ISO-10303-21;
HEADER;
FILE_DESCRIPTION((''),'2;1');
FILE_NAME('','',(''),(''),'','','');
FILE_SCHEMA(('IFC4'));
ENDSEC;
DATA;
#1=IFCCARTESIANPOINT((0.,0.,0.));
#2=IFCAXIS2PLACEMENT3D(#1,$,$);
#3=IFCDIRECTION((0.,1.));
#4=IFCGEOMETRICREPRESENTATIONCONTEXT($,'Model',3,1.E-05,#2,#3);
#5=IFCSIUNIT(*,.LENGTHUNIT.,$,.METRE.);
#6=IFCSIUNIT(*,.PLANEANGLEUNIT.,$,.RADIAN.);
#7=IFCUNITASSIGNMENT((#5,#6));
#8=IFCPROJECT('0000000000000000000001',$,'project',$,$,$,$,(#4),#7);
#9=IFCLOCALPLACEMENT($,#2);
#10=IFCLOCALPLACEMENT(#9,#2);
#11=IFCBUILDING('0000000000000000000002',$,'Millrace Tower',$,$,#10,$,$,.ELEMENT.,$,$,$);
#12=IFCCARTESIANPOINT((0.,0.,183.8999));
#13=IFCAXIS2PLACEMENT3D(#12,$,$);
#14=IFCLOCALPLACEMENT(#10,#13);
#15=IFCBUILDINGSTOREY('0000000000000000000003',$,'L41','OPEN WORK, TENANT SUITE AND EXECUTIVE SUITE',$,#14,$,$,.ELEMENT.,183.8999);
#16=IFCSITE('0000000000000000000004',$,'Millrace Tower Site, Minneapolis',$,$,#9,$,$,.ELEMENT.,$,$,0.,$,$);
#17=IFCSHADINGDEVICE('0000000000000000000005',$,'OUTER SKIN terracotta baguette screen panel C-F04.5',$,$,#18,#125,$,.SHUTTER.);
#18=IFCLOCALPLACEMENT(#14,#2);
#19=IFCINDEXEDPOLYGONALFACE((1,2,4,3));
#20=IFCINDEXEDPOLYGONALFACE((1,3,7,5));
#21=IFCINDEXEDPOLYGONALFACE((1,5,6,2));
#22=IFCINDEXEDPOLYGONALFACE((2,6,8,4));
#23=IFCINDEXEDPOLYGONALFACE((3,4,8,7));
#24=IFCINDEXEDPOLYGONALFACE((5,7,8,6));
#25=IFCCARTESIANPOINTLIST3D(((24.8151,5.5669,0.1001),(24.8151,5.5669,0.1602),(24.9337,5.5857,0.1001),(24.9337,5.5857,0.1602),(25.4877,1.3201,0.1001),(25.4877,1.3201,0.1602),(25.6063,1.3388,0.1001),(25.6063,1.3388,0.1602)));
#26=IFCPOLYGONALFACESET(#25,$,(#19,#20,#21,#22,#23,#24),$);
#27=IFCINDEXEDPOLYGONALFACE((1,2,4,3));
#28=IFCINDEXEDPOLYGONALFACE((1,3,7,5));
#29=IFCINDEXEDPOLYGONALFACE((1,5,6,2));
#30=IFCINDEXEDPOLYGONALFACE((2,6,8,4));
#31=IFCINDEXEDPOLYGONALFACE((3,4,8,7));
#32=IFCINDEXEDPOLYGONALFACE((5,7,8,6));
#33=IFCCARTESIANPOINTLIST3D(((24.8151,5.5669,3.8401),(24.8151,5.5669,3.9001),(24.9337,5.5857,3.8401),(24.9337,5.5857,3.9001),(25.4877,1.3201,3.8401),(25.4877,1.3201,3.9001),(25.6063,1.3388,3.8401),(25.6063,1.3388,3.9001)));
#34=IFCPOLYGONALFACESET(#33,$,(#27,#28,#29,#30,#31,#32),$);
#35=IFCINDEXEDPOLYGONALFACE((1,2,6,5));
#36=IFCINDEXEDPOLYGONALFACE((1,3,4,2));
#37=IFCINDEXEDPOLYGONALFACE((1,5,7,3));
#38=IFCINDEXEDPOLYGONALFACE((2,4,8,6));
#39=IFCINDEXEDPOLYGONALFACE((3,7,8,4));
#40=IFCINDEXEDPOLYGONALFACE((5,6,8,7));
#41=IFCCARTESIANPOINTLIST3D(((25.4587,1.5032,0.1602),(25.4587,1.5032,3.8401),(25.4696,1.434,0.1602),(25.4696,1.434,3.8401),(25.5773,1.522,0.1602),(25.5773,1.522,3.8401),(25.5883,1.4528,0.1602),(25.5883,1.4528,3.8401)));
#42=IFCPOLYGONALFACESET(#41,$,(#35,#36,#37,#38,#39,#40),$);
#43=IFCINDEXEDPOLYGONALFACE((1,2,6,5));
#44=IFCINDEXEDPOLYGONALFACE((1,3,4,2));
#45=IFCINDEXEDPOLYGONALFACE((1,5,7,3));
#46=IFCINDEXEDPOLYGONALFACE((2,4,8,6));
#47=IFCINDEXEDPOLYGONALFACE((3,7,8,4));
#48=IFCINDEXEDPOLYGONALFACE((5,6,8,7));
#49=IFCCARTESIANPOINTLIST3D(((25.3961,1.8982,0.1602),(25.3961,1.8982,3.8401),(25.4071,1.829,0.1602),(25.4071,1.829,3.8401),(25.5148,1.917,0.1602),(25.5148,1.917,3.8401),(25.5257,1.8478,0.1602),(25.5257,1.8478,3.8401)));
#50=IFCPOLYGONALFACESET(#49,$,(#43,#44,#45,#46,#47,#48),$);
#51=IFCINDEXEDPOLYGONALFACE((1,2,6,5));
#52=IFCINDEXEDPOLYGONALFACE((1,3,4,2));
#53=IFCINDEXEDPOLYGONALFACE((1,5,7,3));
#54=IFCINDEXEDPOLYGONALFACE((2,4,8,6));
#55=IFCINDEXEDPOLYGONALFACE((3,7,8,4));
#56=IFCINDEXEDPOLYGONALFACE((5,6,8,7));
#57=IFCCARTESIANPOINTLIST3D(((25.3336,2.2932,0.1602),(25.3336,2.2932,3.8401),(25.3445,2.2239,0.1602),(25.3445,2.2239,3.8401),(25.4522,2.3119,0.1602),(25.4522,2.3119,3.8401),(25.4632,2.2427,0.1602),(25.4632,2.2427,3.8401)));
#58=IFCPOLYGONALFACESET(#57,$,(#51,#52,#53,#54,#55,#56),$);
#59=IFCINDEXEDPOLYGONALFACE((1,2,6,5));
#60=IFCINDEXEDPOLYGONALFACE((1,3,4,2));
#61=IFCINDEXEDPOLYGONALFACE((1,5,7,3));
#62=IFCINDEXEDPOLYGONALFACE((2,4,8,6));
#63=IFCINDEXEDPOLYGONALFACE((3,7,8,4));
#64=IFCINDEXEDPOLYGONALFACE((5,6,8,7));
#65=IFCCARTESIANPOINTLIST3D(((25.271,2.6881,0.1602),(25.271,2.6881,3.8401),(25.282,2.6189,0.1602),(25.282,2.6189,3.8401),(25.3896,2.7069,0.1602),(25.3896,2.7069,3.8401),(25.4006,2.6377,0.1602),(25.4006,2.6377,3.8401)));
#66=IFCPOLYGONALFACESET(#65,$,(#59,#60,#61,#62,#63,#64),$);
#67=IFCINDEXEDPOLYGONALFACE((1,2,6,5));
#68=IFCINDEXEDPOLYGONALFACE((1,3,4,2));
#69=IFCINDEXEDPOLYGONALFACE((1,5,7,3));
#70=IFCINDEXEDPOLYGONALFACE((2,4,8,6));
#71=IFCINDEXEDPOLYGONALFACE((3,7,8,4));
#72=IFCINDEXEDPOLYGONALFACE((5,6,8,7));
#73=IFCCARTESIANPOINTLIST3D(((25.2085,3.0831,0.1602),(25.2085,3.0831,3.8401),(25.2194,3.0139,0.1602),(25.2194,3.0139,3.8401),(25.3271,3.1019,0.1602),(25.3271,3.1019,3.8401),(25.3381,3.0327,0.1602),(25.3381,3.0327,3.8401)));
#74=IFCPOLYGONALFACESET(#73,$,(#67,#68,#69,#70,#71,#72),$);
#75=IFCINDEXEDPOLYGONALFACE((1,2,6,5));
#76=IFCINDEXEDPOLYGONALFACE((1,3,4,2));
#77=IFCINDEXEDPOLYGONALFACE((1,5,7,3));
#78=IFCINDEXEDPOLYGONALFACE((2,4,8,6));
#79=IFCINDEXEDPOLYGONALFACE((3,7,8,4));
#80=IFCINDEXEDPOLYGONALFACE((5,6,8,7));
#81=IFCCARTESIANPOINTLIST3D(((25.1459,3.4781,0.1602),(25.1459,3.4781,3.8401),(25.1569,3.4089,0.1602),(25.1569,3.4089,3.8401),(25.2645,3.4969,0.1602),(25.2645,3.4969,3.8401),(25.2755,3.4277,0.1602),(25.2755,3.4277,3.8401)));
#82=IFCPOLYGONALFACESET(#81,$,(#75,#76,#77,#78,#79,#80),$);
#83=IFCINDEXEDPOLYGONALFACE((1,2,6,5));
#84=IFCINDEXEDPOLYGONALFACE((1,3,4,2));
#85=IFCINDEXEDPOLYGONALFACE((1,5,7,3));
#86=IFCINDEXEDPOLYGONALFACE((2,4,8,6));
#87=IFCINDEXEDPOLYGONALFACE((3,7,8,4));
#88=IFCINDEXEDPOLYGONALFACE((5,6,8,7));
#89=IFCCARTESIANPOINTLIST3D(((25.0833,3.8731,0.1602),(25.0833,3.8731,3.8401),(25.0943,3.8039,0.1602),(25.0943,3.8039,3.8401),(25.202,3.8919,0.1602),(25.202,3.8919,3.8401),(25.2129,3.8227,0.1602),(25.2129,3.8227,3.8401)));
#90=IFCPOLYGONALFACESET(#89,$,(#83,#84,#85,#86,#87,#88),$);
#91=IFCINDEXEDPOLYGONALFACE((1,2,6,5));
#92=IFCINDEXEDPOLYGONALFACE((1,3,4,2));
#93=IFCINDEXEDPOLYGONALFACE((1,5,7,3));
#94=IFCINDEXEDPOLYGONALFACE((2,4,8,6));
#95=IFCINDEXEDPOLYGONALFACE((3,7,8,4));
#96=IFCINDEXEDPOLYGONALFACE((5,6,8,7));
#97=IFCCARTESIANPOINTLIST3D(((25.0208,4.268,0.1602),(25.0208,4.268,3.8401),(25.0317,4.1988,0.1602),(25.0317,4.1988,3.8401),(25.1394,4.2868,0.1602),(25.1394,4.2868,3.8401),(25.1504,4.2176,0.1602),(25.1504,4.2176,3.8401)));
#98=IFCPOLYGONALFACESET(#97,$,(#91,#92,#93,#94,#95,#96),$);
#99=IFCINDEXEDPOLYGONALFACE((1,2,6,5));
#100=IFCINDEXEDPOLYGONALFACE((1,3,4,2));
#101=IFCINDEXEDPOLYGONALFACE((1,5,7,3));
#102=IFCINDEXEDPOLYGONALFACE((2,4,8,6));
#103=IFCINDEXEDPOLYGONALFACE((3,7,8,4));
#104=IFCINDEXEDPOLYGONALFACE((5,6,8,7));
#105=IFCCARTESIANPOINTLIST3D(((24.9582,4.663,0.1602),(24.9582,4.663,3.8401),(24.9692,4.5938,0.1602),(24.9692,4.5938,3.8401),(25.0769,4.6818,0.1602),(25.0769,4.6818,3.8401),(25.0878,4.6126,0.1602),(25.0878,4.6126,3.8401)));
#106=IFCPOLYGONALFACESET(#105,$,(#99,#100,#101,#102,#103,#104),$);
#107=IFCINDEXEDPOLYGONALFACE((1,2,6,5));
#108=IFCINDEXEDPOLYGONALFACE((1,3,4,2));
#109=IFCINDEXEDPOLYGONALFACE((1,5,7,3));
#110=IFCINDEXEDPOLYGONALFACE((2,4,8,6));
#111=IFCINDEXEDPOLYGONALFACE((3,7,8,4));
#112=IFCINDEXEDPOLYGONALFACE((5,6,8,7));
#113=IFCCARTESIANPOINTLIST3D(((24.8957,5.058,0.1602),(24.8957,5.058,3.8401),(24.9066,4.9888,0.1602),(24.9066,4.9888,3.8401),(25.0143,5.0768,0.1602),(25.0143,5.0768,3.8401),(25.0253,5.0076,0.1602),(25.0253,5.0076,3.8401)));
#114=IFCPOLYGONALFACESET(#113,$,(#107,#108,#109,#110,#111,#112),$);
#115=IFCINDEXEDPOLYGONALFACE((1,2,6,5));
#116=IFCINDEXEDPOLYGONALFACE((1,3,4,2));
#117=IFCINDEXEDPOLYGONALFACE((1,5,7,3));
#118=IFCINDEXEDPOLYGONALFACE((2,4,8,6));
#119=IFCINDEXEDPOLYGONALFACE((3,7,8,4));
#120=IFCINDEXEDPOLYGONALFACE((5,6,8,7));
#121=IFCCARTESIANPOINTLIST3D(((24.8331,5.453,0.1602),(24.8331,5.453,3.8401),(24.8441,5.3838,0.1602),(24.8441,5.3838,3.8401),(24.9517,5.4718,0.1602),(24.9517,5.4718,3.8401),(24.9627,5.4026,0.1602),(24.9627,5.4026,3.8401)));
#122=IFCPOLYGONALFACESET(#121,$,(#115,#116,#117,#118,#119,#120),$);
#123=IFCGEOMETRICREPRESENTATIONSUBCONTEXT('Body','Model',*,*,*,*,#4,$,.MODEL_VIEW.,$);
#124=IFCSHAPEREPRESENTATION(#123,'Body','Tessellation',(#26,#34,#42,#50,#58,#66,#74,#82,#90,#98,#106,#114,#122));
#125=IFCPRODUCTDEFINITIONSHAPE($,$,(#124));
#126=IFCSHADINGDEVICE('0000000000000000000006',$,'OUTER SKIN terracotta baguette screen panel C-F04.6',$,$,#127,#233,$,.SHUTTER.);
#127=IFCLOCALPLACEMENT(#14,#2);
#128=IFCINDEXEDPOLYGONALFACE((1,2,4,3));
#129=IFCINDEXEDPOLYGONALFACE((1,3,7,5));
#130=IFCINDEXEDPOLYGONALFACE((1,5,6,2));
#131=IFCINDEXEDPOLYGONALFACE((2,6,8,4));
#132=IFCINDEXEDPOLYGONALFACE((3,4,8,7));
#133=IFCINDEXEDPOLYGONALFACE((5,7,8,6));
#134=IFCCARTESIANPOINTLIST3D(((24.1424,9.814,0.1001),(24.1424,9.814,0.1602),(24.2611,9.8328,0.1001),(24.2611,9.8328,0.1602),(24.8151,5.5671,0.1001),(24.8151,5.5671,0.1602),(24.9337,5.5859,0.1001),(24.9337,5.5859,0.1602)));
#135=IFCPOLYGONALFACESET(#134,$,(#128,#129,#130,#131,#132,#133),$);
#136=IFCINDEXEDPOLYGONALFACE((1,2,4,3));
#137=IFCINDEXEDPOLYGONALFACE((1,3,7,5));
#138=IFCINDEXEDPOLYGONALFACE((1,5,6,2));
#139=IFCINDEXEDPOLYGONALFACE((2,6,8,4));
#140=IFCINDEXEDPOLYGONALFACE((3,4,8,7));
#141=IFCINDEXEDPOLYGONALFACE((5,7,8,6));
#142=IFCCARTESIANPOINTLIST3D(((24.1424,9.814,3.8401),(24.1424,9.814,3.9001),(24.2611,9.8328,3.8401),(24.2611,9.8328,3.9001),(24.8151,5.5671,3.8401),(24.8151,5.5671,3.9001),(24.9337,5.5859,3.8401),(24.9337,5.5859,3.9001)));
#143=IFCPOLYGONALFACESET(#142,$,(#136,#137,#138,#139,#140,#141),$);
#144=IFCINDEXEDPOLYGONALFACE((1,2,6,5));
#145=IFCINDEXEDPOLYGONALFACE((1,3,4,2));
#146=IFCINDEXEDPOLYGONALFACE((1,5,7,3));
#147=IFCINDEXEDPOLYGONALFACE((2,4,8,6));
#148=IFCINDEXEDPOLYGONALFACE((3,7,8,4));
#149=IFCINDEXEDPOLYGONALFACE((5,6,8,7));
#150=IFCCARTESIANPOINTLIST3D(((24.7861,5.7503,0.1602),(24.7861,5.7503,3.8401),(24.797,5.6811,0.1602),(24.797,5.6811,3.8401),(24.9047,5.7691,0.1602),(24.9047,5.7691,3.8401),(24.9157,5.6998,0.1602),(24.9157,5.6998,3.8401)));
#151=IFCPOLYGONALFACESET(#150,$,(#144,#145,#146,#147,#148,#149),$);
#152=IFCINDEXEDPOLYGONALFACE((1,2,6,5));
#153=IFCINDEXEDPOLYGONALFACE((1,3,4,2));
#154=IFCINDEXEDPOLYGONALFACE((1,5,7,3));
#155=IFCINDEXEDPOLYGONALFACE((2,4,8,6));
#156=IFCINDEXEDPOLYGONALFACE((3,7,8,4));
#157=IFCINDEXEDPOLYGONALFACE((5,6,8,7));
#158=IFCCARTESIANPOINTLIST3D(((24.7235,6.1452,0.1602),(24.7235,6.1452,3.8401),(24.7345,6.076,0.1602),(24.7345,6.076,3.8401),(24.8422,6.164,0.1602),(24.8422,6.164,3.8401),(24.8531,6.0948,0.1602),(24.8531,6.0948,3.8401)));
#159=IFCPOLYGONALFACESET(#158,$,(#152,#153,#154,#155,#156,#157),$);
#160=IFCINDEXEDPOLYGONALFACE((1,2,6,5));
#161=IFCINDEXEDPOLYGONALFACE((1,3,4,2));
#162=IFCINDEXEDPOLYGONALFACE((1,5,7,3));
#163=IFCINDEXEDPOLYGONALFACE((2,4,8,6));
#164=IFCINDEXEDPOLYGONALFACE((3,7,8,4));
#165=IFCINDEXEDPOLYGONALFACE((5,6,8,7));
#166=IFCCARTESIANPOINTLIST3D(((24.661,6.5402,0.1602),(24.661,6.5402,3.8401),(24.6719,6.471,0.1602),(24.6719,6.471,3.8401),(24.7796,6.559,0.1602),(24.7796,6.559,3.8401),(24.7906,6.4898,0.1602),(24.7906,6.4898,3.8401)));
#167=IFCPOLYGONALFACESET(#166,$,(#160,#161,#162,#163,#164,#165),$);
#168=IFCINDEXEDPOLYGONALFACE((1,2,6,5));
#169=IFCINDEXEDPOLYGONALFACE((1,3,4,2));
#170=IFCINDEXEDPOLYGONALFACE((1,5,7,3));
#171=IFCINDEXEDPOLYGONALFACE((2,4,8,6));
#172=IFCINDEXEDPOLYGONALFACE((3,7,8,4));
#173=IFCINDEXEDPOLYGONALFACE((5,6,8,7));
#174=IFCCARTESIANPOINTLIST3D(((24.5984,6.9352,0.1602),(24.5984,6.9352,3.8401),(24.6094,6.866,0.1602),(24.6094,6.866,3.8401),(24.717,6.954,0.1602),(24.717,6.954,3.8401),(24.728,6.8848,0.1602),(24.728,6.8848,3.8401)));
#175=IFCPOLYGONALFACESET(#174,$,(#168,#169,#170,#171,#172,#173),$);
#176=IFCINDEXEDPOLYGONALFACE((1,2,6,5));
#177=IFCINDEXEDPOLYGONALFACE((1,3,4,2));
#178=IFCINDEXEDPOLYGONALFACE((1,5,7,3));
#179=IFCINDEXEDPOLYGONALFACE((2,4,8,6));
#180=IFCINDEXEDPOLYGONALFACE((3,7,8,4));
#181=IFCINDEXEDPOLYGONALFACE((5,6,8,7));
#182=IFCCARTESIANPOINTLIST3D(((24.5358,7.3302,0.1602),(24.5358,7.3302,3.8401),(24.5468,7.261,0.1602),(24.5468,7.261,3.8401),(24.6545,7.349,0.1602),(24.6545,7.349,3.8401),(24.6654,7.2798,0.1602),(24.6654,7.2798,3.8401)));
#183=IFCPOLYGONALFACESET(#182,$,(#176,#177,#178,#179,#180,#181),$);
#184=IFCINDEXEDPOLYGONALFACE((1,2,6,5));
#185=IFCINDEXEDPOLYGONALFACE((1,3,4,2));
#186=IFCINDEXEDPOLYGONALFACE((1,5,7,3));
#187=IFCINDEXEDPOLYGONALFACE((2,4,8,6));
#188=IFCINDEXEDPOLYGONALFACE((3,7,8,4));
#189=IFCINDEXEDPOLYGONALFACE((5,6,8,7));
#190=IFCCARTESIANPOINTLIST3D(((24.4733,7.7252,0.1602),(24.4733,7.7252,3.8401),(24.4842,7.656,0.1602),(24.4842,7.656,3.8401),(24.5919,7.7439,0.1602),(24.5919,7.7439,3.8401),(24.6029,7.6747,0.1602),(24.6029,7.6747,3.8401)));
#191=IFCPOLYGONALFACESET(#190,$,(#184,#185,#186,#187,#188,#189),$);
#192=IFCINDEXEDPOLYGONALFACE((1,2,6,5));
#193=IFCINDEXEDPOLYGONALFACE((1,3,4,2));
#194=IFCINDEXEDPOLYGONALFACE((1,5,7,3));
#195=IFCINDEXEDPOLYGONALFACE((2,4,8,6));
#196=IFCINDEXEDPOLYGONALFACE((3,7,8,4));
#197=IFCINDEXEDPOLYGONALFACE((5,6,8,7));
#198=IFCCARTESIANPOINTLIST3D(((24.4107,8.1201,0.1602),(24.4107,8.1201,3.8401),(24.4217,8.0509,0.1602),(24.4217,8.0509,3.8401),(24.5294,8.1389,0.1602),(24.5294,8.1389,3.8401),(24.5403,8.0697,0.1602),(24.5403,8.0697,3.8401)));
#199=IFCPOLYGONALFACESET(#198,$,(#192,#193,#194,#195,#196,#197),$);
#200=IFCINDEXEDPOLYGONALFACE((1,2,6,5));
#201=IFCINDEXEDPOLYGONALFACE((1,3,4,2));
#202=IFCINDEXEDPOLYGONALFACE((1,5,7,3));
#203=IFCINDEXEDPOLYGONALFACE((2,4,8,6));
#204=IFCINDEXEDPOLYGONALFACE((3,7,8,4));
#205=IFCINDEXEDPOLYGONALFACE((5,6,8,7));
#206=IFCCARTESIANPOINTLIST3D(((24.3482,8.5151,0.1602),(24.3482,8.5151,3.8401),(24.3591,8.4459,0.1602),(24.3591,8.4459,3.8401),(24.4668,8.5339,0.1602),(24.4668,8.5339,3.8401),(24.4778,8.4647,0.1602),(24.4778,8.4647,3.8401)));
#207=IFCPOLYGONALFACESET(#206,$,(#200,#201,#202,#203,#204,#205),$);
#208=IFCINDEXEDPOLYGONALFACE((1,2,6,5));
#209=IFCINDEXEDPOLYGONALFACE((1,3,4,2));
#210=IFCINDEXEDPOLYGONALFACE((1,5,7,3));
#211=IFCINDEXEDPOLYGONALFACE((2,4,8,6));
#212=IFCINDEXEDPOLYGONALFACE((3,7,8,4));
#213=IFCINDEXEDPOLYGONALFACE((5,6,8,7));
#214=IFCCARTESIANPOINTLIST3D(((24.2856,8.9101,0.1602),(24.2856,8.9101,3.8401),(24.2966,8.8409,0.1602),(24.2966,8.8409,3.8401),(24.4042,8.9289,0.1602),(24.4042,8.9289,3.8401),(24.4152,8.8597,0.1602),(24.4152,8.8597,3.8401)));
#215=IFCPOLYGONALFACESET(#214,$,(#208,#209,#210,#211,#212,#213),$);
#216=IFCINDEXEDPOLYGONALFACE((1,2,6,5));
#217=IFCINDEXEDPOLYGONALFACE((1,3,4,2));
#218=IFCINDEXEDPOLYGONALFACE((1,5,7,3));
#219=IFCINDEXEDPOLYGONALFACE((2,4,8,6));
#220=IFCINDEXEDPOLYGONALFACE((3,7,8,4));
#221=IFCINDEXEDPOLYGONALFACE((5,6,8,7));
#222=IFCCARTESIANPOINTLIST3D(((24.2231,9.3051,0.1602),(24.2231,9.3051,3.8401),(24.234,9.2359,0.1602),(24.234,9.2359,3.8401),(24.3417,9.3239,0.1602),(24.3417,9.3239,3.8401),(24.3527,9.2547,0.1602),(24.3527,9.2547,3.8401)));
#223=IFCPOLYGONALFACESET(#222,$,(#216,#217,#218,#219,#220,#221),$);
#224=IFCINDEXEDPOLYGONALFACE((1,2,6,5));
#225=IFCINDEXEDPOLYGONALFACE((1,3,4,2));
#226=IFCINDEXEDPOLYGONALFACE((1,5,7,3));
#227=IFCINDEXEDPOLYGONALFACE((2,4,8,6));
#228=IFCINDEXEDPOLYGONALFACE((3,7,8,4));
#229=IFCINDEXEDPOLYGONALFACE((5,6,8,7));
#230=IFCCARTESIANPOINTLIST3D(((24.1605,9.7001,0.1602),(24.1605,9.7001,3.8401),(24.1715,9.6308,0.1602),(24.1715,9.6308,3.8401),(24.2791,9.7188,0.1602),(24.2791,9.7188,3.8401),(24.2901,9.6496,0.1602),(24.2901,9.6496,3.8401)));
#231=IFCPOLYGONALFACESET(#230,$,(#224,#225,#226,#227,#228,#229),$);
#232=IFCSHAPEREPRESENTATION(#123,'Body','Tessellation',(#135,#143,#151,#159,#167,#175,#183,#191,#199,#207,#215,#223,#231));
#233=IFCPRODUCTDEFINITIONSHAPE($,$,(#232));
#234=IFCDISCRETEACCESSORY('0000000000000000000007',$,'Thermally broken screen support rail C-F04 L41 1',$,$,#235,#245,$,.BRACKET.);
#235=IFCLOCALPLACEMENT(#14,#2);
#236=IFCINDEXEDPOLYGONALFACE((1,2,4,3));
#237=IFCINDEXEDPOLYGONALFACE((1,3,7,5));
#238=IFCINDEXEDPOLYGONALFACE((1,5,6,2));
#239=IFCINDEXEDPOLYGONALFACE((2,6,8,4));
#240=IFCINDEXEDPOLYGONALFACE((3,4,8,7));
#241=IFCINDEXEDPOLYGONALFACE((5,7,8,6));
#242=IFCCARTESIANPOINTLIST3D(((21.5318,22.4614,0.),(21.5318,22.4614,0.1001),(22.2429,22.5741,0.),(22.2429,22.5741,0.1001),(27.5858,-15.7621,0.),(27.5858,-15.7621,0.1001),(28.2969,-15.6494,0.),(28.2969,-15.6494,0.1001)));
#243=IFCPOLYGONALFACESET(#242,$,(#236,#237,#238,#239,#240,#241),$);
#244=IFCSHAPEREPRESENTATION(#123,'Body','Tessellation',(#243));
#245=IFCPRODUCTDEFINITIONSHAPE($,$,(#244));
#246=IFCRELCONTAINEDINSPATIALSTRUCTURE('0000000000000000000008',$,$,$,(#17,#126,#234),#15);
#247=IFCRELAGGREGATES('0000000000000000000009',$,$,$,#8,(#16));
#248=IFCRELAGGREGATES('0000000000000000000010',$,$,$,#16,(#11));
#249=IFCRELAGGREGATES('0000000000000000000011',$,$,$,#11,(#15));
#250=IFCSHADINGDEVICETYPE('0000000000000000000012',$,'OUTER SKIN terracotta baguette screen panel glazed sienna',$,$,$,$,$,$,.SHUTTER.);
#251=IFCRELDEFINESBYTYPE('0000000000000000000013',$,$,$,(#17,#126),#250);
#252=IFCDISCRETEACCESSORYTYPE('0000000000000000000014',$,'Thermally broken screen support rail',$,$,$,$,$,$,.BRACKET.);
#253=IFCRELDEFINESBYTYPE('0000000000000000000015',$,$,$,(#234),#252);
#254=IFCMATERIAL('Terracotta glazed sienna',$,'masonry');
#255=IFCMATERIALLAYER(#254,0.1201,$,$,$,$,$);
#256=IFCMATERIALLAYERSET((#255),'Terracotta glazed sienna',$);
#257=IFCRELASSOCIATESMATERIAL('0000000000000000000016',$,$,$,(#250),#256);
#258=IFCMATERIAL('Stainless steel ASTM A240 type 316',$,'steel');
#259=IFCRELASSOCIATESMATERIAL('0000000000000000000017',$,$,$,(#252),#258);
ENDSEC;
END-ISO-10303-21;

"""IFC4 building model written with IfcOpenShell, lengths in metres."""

from ifc_helpers import new_model, entity, si_unit, direction, frame, frame_2d, origin, origin_2d, place, context, subcontext, project, spatial, rectangle, extrude, source, transform, mapped, material, layer, layer_set, type_object, element, save


model = new_model("IFC4")

# Units and contexts
model_context = context("Model", 3, precision=1e-05, world=origin(), true_north=direction((0.0, 1.0)))
body_context = subcontext(model_context, "Body", "Model", "MODEL_VIEW")
ifc_project = project(units=[si_unit("LENGTHUNIT", "METRE"), si_unit("PLANEANGLEUNIT", "RADIAN")], contexts=[model_context])

# Site, building, storey
site_placement = place(None, origin())
site = spatial("IfcSite", under=ifc_project, at=site_placement, Name="Millrace Tower Site, Minneapolis", CompositionType="ELEMENT", RefElevation=0.0)
building_placement = place(site_placement, origin())
building = spatial("IfcBuilding", under=site, at=building_placement, Name="Millrace Tower", CompositionType="ELEMENT")
storey_placement = place(building_placement, frame((0.0, 0.0, 183.8999)))
storey = spatial("IfcBuildingStorey", under=building, at=storey_placement, Name="L41", Description="OPEN WORK, TENANT SUITE AND EXECUTIVE SUITE", CompositionType="ELEMENT", Elevation=183.8999)

# Shading devices
ifc_material_1 = material(Name="Terracotta glazed sienna", Category="masonry")
ifc_layer_1 = layer(ifc_material_1, 0.1201)
ifc_layer_set_1 = layer_set([ifc_layer_1], Name="Terracotta glazed sienna")
shading_device_type = type_object("IfcShadingDeviceType", Name="OUTER SKIN terracotta baguette screen panel glazed sienna", PredefinedType="SHUTTER", material=ifc_layer_set_1)
cartesian_point = entity("IfcCartesianPoint", [-2.1499, 0.0601])
shared_polyline = entity("IfcPolyline", [cartesian_point, entity("IfcCartesianPoint", [2.1499, 0.0601]), entity("IfcCartesianPoint", [2.1499, -0.0601]), entity("IfcCartesianPoint", [-2.1499, -0.0601]), cartesian_point])
shared_shape = source(origin(), body_context, "Body", "SweptSolid", [
    entity("IfcExtrudedAreaSolid", entity("IfcArbitraryClosedProfileDef", "AREA", None, shared_polyline), entity("IfcAxis2Placement3D", entity("IfcCartesianPoint", [0.0, 0.0, 0.0])), entity("IfcDirection", [0.0, 0.0, 1.0]), 0.0601),
    entity("IfcExtrudedAreaSolid", entity("IfcArbitraryClosedProfileDef", "AREA", None, shared_polyline), entity("IfcAxis2Placement3D", entity("IfcCartesianPoint", [0.0, 0.0, 3.74])), entity("IfcDirection", [0.0, 0.0, 1.0]), 0.0601),
    extrude(rectangle(XDim=0.0701, YDim=0.1201, at=frame_2d((-1.9995, 0.0))), frame((0.0, 0.0, 0.0601)), (0.0, 0.0, 1.0), 3.6799),
    extrude(rectangle(XDim=0.0701, YDim=0.1201, at=frame_2d((-1.5996, 0.0))), frame((0.0, 0.0, 0.0601)), (0.0, 0.0, 1.0), 3.6799),
    extrude(rectangle(XDim=0.0701, YDim=0.1201, at=frame_2d((-1.1997, 0.0))), frame((0.0, 0.0, 0.0601)), (0.0, 0.0, 1.0), 3.6799),
    extrude(rectangle(XDim=0.0701, YDim=0.1201, at=frame_2d((-0.7998, 0.0))), frame((0.0, 0.0, 0.0601)), (0.0, 0.0, 1.0), 3.6799),
    extrude(rectangle(XDim=0.0701, YDim=0.1201, at=frame_2d((-0.3999, 0.0))), frame((0.0, 0.0, 0.0601)), (0.0, 0.0, 1.0), 3.6799),
    extrude(rectangle(XDim=0.0701, YDim=0.1201, at=origin_2d()), frame((0.0, 0.0, 0.0601)), (0.0, 0.0, 1.0), 3.6799),
    extrude(rectangle(XDim=0.0701, YDim=0.1201, at=frame_2d((0.3999, 0.0))), frame((0.0, 0.0, 0.0601)), (0.0, 0.0, 1.0), 3.6799),
    extrude(rectangle(XDim=0.0701, YDim=0.1201, at=frame_2d((0.7998, 0.0))), frame((0.0, 0.0, 0.0601)), (0.0, 0.0, 1.0), 3.6799),
    extrude(rectangle(XDim=0.0701, YDim=0.1201, at=frame_2d((1.1997, 0.0))), frame((0.0, 0.0, 0.0601)), (0.0, 0.0, 1.0), 3.6799),
    extrude(rectangle(XDim=0.0701, YDim=0.1201, at=frame_2d((1.5996, 0.0))), frame((0.0, 0.0, 0.0601)), (0.0, 0.0, 1.0), 3.6799),
    extrude(rectangle(XDim=0.0701, YDim=0.1201, at=frame_2d((1.9995, 0.0))), frame((0.0, 0.0, 0.0601)), (0.0, 0.0, 1.0), 3.6799),
])
for number, where, z_axis, x_axis, name in (
    (1, (25.2107, 3.4529, 0.1001), (0.0, 0.0, 1.0), (-0.156434, 0.987688, 0.0), "OUTER SKIN terracotta baguette screen panel C-F04.5"),
    (2, (24.5381, 7.7, 0.1001), (0.0, 0.0, 1.0), (-0.156434, 0.987688, 0.0), "OUTER SKIN terracotta baguette screen panel C-F04.6"),
):
    element("IfcShadingDevice", number, at=place(storey_placement, frame(where, z_axis=z_axis, x_axis=x_axis)), inside=storey, type_object=shading_device_type, Name=name, PredefinedType="SHUTTER", context=body_context, shape_type="MappedRepresentation", body=[
        mapped(shared_shape, transform((0.0, 0.0, 0.0), scale=1.0)),
    ])

# Discrete accessory
ifc_material_2 = material(Name="Stainless steel ASTM A240 type 316", Category="steel")
discrete_accessory_type = type_object("IfcDiscreteAccessoryType", Name="Thermally broken screen support rail", PredefinedType="BRACKET", material=ifc_material_2)
discrete_accessory_placement = place(storey_placement, frame((24.9143, 3.406, 0.0), z_axis=(0.0, 0.0, 1.0), x_axis=(-0.156434, 0.987688, 0.0)))
element("IfcDiscreteAccessory", 3, at=discrete_accessory_placement, inside=storey, type_object=discrete_accessory_type, Name="Thermally broken screen support rail C-F04 L41 1", PredefinedType="BRACKET", context=body_context, shape_type="SweptSolid", body=[
    extrude(rectangle(XDim=38.7, YDim=0.72, at=origin_2d()), origin(), (0.0, 0.0, 1.0), 0.1001),
])

save(model, "model.ifc")
